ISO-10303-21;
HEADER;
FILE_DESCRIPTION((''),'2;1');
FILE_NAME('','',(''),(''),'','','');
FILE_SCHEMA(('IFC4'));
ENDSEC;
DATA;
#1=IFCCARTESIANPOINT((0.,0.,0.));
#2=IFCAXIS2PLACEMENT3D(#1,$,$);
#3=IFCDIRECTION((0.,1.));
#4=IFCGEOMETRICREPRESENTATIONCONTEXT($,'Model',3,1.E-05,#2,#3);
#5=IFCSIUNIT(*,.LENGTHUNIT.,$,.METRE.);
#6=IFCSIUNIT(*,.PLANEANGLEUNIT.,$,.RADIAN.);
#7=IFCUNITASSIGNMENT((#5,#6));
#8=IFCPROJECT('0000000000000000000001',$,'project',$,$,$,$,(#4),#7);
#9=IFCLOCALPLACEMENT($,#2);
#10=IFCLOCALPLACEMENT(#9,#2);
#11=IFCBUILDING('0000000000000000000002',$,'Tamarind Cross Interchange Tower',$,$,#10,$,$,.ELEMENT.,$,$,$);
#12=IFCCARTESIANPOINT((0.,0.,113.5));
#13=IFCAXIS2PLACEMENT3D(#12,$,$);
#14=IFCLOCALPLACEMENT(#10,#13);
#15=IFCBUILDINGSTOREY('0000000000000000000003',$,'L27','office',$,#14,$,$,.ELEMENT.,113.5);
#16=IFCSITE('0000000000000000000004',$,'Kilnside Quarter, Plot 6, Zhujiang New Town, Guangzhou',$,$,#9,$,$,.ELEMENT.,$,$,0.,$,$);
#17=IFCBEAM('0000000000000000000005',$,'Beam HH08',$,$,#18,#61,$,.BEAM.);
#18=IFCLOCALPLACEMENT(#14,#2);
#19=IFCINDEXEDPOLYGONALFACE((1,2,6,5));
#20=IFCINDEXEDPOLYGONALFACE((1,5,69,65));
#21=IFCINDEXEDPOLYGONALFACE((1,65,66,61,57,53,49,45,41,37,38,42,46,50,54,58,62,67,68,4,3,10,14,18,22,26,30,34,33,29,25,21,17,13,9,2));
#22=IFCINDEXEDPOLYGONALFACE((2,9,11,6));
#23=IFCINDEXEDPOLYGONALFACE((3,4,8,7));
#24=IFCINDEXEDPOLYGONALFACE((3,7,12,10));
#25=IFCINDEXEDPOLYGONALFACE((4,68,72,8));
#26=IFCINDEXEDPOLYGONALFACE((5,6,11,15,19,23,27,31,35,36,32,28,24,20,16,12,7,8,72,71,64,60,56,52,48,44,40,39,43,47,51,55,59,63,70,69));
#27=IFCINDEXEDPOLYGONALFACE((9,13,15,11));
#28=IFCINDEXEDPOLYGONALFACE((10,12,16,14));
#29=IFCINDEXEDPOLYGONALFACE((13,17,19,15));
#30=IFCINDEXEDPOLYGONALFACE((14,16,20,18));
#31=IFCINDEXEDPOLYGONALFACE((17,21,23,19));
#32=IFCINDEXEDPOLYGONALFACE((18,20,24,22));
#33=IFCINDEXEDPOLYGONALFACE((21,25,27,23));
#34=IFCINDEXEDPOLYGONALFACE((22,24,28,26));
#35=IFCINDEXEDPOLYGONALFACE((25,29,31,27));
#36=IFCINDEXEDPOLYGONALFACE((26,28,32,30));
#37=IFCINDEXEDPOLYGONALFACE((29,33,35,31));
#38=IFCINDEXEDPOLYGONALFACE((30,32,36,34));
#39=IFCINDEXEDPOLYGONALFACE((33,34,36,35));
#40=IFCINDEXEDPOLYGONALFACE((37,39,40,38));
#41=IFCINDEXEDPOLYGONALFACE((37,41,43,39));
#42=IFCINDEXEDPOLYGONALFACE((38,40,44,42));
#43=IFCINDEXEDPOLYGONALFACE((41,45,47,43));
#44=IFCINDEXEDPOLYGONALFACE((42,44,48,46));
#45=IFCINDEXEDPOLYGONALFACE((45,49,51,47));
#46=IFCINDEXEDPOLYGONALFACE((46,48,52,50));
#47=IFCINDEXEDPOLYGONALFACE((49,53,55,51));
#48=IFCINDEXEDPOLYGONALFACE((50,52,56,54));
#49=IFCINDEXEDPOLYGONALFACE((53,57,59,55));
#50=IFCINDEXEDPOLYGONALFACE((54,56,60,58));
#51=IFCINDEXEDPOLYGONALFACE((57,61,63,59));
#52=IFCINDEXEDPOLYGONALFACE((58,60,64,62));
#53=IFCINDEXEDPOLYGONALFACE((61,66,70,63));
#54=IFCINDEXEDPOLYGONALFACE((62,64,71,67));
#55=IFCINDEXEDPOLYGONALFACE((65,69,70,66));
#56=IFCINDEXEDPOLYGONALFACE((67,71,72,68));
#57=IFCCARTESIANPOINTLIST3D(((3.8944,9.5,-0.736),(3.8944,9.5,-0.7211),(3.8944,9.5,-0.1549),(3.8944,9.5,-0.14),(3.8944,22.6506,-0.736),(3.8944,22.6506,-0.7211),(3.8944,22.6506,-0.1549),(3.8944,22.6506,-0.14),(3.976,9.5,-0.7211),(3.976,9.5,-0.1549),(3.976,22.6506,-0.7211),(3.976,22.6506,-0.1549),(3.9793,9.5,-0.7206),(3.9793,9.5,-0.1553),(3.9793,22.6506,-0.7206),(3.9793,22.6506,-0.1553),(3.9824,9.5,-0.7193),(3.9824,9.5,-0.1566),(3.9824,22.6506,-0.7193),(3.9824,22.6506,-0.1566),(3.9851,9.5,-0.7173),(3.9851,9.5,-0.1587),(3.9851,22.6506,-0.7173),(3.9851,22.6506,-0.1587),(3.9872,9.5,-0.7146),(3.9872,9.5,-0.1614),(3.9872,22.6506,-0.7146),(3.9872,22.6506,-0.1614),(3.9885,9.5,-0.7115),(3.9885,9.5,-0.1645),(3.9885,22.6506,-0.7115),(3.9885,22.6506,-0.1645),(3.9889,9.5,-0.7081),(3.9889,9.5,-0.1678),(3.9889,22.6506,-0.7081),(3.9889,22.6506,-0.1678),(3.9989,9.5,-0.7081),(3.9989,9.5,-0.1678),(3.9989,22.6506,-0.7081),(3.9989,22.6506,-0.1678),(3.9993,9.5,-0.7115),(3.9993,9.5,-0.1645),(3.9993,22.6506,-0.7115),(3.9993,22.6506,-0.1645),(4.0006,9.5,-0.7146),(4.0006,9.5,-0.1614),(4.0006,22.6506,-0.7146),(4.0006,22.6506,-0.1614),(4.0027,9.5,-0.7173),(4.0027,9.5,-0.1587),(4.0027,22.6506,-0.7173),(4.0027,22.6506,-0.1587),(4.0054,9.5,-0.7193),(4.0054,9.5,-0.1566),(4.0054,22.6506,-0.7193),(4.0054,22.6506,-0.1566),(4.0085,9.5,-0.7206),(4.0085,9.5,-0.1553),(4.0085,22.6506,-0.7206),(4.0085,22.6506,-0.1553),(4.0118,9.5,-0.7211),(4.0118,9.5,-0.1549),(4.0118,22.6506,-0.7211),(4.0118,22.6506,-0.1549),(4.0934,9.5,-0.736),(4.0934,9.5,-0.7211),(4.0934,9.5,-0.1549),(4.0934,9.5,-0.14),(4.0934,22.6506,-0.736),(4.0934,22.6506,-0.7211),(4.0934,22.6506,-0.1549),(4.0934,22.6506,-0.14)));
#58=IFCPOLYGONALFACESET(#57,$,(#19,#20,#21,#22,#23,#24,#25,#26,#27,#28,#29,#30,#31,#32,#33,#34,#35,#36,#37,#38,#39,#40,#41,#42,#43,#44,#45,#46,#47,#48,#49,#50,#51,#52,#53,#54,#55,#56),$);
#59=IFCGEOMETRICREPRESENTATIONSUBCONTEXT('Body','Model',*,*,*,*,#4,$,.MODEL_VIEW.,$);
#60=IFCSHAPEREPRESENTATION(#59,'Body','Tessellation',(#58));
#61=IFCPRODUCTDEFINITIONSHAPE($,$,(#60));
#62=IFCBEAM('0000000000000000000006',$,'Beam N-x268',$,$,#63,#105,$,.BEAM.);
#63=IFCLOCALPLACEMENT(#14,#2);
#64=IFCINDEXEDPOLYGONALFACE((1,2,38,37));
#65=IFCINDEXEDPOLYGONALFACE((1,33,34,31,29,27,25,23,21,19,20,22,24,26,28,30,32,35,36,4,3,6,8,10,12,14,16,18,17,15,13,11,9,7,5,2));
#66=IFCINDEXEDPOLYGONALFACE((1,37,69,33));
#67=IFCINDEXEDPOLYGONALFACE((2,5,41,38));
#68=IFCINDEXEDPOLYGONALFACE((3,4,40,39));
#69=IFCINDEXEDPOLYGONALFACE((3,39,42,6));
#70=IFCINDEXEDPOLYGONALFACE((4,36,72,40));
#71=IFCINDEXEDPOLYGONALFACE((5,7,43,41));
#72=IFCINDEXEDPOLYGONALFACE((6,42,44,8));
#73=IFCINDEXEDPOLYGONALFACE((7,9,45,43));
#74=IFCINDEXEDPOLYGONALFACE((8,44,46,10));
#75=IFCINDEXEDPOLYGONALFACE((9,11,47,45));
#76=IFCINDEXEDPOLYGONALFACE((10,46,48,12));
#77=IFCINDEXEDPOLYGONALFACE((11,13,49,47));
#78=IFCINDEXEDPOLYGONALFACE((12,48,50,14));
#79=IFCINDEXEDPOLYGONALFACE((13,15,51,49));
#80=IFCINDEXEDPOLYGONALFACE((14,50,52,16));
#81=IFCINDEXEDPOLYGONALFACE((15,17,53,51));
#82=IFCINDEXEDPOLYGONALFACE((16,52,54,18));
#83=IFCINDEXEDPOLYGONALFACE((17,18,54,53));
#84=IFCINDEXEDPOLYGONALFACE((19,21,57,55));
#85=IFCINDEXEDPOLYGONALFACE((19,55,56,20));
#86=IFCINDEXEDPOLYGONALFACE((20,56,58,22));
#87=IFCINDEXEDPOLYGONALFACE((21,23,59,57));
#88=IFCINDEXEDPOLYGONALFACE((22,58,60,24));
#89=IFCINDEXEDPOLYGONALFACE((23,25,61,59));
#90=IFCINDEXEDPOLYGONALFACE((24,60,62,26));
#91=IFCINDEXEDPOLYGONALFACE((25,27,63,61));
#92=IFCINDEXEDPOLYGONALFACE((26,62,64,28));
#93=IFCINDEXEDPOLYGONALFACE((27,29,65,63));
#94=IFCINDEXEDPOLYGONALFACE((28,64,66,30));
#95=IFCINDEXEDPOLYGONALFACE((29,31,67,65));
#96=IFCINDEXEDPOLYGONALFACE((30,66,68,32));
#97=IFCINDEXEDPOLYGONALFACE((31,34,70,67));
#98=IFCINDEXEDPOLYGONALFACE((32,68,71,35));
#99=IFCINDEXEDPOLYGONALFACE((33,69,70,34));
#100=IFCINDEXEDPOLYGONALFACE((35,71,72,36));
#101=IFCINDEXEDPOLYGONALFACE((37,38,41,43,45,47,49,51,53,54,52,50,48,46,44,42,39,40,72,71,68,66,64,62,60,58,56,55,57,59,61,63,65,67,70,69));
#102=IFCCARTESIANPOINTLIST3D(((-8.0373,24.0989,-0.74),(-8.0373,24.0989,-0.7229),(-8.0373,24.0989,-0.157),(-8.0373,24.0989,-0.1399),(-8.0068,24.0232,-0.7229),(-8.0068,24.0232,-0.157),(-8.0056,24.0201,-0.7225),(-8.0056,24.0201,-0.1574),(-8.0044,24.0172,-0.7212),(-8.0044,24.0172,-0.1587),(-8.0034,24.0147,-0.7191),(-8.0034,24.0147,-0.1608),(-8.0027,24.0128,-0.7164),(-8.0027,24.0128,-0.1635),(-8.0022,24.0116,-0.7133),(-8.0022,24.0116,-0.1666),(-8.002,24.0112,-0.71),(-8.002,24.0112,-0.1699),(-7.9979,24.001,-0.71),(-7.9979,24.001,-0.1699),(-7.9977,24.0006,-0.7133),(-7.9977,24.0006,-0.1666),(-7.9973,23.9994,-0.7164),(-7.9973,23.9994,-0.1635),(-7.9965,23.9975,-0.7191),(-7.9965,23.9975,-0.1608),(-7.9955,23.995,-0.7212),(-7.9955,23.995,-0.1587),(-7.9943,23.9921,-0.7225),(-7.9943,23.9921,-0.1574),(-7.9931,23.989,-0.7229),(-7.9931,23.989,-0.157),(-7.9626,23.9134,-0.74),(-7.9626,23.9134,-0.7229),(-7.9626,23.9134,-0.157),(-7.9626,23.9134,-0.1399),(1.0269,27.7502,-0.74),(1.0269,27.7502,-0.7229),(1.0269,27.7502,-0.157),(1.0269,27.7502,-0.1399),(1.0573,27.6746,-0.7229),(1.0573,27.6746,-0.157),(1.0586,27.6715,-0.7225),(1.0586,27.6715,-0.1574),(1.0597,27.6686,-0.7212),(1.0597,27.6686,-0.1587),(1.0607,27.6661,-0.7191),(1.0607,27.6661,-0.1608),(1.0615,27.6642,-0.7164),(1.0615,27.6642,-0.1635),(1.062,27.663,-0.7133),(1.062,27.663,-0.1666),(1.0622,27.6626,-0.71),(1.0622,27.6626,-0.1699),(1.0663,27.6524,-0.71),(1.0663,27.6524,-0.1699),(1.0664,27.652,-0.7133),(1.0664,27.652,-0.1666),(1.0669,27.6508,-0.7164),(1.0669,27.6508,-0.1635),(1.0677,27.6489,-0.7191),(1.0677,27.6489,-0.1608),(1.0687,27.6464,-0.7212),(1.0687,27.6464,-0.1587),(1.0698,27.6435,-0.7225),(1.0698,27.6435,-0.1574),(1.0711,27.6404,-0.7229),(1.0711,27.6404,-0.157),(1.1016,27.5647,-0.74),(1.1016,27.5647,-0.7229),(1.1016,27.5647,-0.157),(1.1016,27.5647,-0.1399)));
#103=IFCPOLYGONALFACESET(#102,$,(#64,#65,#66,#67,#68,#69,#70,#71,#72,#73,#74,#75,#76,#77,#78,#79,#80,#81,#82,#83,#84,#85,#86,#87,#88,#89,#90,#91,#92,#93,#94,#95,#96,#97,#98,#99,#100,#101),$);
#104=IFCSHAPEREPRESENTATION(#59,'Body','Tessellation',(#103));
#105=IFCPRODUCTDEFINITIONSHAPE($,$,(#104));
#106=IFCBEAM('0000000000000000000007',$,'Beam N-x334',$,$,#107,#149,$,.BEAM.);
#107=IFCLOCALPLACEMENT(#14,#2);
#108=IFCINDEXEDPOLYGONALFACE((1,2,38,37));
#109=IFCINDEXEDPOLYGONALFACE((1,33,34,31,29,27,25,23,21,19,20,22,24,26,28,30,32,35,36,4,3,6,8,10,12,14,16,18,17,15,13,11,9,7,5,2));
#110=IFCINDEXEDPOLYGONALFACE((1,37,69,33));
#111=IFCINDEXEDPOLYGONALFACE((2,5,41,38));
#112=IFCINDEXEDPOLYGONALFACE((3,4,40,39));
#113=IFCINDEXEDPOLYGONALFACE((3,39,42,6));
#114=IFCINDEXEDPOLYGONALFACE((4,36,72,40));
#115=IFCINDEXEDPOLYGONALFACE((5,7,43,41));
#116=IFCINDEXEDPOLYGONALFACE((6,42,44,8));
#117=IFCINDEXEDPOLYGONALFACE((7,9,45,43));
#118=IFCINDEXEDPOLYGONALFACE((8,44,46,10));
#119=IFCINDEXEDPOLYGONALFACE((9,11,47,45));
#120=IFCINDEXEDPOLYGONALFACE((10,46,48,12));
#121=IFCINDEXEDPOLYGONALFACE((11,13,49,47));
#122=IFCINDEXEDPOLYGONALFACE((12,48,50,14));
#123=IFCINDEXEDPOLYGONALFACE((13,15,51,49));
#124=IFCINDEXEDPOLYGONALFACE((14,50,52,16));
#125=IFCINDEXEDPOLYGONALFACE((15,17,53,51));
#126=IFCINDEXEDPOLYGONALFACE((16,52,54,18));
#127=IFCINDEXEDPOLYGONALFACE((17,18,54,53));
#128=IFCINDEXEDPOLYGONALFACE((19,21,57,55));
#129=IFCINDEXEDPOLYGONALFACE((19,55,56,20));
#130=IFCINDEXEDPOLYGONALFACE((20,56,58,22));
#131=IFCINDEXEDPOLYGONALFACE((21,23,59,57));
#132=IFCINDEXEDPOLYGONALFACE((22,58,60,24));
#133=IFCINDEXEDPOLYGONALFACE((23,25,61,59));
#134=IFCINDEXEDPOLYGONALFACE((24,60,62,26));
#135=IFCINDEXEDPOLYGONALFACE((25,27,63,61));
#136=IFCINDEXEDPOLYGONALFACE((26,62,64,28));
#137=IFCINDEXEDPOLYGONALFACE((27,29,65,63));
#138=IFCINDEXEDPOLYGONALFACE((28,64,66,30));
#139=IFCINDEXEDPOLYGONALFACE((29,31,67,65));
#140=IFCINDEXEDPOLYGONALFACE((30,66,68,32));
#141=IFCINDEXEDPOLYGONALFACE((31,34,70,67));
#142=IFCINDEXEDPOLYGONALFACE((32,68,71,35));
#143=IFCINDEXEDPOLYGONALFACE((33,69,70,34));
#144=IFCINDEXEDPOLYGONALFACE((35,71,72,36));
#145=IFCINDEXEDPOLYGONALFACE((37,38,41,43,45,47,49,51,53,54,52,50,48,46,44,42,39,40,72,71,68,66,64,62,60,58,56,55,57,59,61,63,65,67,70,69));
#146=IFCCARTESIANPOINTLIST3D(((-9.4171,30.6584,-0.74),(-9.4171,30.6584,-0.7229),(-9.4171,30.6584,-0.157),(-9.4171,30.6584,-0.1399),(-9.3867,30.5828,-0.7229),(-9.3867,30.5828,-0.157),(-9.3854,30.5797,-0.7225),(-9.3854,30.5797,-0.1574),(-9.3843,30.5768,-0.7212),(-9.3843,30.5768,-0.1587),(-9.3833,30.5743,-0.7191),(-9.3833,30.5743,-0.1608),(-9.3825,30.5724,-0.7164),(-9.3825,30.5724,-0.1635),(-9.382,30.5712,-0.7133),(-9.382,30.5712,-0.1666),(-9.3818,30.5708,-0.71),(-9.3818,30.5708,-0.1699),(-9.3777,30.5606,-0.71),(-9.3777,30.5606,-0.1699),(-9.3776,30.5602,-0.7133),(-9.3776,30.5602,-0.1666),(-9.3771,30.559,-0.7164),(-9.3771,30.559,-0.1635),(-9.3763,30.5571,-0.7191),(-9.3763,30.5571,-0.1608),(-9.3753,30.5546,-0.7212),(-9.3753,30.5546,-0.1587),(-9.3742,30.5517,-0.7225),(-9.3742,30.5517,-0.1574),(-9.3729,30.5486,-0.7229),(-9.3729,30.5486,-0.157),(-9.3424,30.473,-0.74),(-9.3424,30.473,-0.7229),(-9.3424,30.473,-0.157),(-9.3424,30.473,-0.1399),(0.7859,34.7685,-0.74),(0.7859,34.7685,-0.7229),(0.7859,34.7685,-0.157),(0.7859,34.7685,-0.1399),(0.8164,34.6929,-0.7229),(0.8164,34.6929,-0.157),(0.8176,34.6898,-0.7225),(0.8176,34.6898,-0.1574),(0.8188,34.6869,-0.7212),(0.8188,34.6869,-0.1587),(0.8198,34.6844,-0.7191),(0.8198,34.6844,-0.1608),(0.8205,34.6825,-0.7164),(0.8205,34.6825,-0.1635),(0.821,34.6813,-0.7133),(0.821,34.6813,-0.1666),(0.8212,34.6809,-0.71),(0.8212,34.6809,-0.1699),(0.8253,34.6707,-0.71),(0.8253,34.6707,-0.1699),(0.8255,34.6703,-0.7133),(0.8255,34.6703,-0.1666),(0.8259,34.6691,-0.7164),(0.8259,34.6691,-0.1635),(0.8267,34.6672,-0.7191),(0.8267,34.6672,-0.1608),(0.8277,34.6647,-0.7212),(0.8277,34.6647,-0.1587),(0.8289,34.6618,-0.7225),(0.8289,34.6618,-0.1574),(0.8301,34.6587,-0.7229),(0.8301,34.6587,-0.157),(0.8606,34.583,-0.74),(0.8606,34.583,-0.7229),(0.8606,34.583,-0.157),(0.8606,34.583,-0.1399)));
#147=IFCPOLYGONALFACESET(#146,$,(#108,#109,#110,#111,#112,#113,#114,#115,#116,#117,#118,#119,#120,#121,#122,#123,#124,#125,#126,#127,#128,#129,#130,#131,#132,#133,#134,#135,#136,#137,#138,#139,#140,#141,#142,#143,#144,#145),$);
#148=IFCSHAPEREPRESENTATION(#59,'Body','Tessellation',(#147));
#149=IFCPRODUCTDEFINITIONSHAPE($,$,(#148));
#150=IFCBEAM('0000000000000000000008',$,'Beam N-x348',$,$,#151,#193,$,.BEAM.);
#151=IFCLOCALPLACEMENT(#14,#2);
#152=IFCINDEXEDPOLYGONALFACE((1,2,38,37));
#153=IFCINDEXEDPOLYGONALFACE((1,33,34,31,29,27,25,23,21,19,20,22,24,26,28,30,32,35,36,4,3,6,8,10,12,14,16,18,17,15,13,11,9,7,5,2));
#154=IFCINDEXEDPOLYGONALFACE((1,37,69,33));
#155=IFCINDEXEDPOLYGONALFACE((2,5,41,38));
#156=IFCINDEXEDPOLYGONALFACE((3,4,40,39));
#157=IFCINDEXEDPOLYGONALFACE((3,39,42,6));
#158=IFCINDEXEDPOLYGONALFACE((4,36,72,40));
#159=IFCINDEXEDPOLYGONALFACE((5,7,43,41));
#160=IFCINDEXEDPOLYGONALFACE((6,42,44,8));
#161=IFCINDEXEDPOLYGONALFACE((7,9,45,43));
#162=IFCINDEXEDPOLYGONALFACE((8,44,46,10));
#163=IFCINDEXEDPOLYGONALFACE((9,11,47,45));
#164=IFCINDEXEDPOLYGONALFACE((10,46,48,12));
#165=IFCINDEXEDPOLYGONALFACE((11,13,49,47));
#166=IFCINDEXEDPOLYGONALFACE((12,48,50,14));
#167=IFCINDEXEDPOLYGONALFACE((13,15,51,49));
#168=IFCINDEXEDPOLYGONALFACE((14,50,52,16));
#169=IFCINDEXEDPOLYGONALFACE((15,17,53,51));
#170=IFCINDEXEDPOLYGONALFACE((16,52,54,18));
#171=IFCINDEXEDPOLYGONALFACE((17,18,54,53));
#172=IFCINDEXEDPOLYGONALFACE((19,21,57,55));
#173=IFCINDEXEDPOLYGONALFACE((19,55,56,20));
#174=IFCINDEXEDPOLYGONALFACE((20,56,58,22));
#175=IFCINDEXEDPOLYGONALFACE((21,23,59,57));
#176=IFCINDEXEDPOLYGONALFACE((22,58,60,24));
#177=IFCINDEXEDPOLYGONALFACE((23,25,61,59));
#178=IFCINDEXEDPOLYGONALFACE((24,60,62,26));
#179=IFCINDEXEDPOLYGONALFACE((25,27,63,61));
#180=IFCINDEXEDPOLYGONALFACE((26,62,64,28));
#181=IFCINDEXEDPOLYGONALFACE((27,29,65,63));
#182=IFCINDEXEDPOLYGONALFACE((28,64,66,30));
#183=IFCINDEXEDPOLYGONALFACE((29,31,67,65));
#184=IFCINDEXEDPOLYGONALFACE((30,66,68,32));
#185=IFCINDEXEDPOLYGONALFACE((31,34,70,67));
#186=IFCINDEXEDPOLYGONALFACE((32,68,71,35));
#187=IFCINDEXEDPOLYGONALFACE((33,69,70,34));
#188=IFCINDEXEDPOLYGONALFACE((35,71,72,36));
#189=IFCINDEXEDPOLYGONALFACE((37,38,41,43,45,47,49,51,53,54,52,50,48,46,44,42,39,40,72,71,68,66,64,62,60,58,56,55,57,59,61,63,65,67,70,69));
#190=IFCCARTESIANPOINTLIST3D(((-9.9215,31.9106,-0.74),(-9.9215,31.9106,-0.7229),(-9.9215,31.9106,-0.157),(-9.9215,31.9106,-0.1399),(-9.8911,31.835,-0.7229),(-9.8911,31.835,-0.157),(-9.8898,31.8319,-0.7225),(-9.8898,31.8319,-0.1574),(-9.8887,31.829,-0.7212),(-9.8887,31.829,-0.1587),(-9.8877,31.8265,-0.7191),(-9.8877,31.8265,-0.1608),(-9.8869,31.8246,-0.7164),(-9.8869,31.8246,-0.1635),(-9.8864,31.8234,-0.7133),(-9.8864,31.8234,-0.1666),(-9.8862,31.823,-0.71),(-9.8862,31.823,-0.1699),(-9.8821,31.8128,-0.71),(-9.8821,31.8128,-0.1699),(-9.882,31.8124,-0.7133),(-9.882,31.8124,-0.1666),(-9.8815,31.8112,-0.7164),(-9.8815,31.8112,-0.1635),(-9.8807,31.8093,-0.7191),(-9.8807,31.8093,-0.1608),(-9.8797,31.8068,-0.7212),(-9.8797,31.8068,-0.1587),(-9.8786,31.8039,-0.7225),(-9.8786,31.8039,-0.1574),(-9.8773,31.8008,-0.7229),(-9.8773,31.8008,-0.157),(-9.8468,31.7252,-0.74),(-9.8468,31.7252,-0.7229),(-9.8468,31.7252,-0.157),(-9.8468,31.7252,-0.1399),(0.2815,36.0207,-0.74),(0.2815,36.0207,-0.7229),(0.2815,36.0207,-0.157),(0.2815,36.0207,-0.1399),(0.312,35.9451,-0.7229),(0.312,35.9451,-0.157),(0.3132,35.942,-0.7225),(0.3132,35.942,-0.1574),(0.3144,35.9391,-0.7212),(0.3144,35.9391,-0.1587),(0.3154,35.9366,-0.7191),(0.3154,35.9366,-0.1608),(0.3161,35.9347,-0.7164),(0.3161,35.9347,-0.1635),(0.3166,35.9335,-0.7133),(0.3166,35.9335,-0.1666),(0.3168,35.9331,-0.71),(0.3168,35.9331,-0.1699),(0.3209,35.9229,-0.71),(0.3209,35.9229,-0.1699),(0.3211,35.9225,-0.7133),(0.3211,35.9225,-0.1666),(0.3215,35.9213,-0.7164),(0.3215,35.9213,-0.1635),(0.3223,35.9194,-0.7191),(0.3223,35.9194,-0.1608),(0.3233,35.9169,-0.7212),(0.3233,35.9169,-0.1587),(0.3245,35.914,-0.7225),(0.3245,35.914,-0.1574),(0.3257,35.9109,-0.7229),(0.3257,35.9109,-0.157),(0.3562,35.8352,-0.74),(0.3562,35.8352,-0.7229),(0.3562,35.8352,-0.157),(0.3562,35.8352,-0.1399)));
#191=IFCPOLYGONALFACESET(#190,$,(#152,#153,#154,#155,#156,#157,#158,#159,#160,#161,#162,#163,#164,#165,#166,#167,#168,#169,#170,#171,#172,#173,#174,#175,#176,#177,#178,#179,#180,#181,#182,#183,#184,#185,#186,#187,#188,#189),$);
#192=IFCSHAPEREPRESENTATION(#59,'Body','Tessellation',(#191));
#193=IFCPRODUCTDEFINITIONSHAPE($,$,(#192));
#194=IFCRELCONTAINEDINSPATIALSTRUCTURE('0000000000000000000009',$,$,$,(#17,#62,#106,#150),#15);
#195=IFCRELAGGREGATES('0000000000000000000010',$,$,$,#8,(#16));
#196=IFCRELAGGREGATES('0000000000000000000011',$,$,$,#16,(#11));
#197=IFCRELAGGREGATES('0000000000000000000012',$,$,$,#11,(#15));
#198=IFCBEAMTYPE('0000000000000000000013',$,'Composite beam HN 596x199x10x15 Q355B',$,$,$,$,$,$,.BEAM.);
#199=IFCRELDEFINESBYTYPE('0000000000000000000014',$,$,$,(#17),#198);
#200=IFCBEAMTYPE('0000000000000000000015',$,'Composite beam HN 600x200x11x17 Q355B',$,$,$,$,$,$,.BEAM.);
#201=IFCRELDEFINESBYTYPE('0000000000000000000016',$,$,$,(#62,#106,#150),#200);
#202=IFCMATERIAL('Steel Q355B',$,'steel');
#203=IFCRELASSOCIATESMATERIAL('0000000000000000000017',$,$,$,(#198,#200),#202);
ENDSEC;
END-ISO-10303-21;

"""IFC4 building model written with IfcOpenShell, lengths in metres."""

from ifc_helpers import new_model, si_unit, direction, frame, origin, origin_2d, place, context, subcontext, project, spatial, i_section, extrude, material, material_profile, profile_set, type_object, element, save


model = new_model("IFC4")

# Units and contexts
model_context = context("Model", 3, precision=1e-05, world=origin(), true_north=direction((0.0, 1.0)))
body_context = subcontext(model_context, "Body", "Model", "MODEL_VIEW")
ifc_project = project(units=[si_unit("LENGTHUNIT", "METRE"), si_unit("PLANEANGLEUNIT", "RADIAN")], contexts=[model_context])

# Site, building, storey
site_placement = place(None, origin())
site = spatial("IfcSite", under=ifc_project, at=site_placement, Name="Kilnside Quarter, Plot 6, Zhujiang New Town, Guangzhou", CompositionType="ELEMENT", RefElevation=0.0)
building_placement = place(site_placement, origin())
building = spatial("IfcBuilding", under=site, at=building_placement, Name="Tamarind Cross Interchange Tower", CompositionType="ELEMENT")
storey_placement = place(building_placement, frame((0.0, 0.0, 113.5)))
storey = spatial("IfcBuildingStorey", under=building, at=storey_placement, Name="L27", Description="office", CompositionType="ELEMENT", Elevation=113.5)

# Beams
ifc_material_1 = material(Name="Steel Q355B", Category="steel")
ifc_material_profile_1 = material_profile(ifc_material_1, i_section(OverallWidth=0.199, OverallDepth=0.5959, WebThickness=0.01, FlangeThickness=0.0149, FilletRadius=0.0129, at=origin_2d()), Name="HN 596x199x10x15")
ifc_profile_set_1 = profile_set([ifc_material_profile_1], Name="Steel Q355B")
beam_type_1 = type_object("IfcBeamType", Name="Composite beam HN 596x199x10x15 Q355B", PredefinedType="BEAM", material=ifc_profile_set_1)
beam_1_placement = place(storey_placement, frame((3.9939, 22.6506, -0.438), z_axis=(0.0, -1.0, 0.0), x_axis=(1.0, 0.0, 0.0)))
element("IfcBeam", 1, at=beam_1_placement, inside=storey, type_object=beam_type_1, Name="Beam HH08", PredefinedType="BEAM", context=body_context, shape_type="SweptSolid", body=[
    extrude(i_section(OverallWidth=0.199, OverallDepth=0.5959, WebThickness=0.01, FlangeThickness=0.0149, FilletRadius=0.0129, at=origin_2d()), origin(), (0.0, 0.0, 1.0), 13.1506),
])
ifc_material_profile_2 = material_profile(ifc_material_1, i_section(OverallWidth=0.2, OverallDepth=0.6001, WebThickness=0.011, FlangeThickness=0.0171, FilletRadius=0.0129, at=origin_2d()), Name="HN 600x200x11x17")
ifc_profile_set_2 = profile_set([ifc_material_profile_2], Name="Steel Q355B")
beam_type_2 = type_object("IfcBeamType", Name="Composite beam HN 600x200x11x17 Q355B", PredefinedType="BEAM", material=ifc_profile_set_2)
beam_2_placement = place(storey_placement, frame((1.0642, 27.6575, -0.4399), z_axis=(-0.927568, -0.373655, 0.0), x_axis=(0.373655, -0.927568, 0.0)))
element("IfcBeam", 2, at=beam_2_placement, inside=storey, type_object=beam_type_2, Name="Beam N-x268", PredefinedType="BEAM", context=body_context, shape_type="SweptSolid", body=[
    extrude(i_section(OverallWidth=0.2, OverallDepth=0.6001, WebThickness=0.011, FlangeThickness=0.0171, FilletRadius=0.0129, at=origin_2d()), origin(), (0.0, 0.0, 1.0), 9.772),
])
for number, where, z_axis, x_axis, name in (
    (3, (0.8232, 34.6758, -0.4399), (-0.927569, -0.373651, 0.0), (0.373651, -0.927569, 0.0), "Beam N-x334"),
    (4, (0.3188, 35.928, -0.4399), (-0.927569, -0.373651, 0.0), (0.373651, -0.927569, 0.0), "Beam N-x348"),
):
    element("IfcBeam", number, at=place(storey_placement, frame(where, z_axis=z_axis, x_axis=x_axis)), inside=storey, type_object=beam_type_2, Name=name, PredefinedType="BEAM", context=body_context, shape_type="SweptSolid", body=[
        extrude(i_section(OverallWidth=0.2, OverallDepth=0.6001, WebThickness=0.011, FlangeThickness=0.0171, FilletRadius=0.0129, at=origin_2d()), origin(), (0.0, 0.0, 1.0), 10.9998),
    ])

save(model, "model.ifc")
